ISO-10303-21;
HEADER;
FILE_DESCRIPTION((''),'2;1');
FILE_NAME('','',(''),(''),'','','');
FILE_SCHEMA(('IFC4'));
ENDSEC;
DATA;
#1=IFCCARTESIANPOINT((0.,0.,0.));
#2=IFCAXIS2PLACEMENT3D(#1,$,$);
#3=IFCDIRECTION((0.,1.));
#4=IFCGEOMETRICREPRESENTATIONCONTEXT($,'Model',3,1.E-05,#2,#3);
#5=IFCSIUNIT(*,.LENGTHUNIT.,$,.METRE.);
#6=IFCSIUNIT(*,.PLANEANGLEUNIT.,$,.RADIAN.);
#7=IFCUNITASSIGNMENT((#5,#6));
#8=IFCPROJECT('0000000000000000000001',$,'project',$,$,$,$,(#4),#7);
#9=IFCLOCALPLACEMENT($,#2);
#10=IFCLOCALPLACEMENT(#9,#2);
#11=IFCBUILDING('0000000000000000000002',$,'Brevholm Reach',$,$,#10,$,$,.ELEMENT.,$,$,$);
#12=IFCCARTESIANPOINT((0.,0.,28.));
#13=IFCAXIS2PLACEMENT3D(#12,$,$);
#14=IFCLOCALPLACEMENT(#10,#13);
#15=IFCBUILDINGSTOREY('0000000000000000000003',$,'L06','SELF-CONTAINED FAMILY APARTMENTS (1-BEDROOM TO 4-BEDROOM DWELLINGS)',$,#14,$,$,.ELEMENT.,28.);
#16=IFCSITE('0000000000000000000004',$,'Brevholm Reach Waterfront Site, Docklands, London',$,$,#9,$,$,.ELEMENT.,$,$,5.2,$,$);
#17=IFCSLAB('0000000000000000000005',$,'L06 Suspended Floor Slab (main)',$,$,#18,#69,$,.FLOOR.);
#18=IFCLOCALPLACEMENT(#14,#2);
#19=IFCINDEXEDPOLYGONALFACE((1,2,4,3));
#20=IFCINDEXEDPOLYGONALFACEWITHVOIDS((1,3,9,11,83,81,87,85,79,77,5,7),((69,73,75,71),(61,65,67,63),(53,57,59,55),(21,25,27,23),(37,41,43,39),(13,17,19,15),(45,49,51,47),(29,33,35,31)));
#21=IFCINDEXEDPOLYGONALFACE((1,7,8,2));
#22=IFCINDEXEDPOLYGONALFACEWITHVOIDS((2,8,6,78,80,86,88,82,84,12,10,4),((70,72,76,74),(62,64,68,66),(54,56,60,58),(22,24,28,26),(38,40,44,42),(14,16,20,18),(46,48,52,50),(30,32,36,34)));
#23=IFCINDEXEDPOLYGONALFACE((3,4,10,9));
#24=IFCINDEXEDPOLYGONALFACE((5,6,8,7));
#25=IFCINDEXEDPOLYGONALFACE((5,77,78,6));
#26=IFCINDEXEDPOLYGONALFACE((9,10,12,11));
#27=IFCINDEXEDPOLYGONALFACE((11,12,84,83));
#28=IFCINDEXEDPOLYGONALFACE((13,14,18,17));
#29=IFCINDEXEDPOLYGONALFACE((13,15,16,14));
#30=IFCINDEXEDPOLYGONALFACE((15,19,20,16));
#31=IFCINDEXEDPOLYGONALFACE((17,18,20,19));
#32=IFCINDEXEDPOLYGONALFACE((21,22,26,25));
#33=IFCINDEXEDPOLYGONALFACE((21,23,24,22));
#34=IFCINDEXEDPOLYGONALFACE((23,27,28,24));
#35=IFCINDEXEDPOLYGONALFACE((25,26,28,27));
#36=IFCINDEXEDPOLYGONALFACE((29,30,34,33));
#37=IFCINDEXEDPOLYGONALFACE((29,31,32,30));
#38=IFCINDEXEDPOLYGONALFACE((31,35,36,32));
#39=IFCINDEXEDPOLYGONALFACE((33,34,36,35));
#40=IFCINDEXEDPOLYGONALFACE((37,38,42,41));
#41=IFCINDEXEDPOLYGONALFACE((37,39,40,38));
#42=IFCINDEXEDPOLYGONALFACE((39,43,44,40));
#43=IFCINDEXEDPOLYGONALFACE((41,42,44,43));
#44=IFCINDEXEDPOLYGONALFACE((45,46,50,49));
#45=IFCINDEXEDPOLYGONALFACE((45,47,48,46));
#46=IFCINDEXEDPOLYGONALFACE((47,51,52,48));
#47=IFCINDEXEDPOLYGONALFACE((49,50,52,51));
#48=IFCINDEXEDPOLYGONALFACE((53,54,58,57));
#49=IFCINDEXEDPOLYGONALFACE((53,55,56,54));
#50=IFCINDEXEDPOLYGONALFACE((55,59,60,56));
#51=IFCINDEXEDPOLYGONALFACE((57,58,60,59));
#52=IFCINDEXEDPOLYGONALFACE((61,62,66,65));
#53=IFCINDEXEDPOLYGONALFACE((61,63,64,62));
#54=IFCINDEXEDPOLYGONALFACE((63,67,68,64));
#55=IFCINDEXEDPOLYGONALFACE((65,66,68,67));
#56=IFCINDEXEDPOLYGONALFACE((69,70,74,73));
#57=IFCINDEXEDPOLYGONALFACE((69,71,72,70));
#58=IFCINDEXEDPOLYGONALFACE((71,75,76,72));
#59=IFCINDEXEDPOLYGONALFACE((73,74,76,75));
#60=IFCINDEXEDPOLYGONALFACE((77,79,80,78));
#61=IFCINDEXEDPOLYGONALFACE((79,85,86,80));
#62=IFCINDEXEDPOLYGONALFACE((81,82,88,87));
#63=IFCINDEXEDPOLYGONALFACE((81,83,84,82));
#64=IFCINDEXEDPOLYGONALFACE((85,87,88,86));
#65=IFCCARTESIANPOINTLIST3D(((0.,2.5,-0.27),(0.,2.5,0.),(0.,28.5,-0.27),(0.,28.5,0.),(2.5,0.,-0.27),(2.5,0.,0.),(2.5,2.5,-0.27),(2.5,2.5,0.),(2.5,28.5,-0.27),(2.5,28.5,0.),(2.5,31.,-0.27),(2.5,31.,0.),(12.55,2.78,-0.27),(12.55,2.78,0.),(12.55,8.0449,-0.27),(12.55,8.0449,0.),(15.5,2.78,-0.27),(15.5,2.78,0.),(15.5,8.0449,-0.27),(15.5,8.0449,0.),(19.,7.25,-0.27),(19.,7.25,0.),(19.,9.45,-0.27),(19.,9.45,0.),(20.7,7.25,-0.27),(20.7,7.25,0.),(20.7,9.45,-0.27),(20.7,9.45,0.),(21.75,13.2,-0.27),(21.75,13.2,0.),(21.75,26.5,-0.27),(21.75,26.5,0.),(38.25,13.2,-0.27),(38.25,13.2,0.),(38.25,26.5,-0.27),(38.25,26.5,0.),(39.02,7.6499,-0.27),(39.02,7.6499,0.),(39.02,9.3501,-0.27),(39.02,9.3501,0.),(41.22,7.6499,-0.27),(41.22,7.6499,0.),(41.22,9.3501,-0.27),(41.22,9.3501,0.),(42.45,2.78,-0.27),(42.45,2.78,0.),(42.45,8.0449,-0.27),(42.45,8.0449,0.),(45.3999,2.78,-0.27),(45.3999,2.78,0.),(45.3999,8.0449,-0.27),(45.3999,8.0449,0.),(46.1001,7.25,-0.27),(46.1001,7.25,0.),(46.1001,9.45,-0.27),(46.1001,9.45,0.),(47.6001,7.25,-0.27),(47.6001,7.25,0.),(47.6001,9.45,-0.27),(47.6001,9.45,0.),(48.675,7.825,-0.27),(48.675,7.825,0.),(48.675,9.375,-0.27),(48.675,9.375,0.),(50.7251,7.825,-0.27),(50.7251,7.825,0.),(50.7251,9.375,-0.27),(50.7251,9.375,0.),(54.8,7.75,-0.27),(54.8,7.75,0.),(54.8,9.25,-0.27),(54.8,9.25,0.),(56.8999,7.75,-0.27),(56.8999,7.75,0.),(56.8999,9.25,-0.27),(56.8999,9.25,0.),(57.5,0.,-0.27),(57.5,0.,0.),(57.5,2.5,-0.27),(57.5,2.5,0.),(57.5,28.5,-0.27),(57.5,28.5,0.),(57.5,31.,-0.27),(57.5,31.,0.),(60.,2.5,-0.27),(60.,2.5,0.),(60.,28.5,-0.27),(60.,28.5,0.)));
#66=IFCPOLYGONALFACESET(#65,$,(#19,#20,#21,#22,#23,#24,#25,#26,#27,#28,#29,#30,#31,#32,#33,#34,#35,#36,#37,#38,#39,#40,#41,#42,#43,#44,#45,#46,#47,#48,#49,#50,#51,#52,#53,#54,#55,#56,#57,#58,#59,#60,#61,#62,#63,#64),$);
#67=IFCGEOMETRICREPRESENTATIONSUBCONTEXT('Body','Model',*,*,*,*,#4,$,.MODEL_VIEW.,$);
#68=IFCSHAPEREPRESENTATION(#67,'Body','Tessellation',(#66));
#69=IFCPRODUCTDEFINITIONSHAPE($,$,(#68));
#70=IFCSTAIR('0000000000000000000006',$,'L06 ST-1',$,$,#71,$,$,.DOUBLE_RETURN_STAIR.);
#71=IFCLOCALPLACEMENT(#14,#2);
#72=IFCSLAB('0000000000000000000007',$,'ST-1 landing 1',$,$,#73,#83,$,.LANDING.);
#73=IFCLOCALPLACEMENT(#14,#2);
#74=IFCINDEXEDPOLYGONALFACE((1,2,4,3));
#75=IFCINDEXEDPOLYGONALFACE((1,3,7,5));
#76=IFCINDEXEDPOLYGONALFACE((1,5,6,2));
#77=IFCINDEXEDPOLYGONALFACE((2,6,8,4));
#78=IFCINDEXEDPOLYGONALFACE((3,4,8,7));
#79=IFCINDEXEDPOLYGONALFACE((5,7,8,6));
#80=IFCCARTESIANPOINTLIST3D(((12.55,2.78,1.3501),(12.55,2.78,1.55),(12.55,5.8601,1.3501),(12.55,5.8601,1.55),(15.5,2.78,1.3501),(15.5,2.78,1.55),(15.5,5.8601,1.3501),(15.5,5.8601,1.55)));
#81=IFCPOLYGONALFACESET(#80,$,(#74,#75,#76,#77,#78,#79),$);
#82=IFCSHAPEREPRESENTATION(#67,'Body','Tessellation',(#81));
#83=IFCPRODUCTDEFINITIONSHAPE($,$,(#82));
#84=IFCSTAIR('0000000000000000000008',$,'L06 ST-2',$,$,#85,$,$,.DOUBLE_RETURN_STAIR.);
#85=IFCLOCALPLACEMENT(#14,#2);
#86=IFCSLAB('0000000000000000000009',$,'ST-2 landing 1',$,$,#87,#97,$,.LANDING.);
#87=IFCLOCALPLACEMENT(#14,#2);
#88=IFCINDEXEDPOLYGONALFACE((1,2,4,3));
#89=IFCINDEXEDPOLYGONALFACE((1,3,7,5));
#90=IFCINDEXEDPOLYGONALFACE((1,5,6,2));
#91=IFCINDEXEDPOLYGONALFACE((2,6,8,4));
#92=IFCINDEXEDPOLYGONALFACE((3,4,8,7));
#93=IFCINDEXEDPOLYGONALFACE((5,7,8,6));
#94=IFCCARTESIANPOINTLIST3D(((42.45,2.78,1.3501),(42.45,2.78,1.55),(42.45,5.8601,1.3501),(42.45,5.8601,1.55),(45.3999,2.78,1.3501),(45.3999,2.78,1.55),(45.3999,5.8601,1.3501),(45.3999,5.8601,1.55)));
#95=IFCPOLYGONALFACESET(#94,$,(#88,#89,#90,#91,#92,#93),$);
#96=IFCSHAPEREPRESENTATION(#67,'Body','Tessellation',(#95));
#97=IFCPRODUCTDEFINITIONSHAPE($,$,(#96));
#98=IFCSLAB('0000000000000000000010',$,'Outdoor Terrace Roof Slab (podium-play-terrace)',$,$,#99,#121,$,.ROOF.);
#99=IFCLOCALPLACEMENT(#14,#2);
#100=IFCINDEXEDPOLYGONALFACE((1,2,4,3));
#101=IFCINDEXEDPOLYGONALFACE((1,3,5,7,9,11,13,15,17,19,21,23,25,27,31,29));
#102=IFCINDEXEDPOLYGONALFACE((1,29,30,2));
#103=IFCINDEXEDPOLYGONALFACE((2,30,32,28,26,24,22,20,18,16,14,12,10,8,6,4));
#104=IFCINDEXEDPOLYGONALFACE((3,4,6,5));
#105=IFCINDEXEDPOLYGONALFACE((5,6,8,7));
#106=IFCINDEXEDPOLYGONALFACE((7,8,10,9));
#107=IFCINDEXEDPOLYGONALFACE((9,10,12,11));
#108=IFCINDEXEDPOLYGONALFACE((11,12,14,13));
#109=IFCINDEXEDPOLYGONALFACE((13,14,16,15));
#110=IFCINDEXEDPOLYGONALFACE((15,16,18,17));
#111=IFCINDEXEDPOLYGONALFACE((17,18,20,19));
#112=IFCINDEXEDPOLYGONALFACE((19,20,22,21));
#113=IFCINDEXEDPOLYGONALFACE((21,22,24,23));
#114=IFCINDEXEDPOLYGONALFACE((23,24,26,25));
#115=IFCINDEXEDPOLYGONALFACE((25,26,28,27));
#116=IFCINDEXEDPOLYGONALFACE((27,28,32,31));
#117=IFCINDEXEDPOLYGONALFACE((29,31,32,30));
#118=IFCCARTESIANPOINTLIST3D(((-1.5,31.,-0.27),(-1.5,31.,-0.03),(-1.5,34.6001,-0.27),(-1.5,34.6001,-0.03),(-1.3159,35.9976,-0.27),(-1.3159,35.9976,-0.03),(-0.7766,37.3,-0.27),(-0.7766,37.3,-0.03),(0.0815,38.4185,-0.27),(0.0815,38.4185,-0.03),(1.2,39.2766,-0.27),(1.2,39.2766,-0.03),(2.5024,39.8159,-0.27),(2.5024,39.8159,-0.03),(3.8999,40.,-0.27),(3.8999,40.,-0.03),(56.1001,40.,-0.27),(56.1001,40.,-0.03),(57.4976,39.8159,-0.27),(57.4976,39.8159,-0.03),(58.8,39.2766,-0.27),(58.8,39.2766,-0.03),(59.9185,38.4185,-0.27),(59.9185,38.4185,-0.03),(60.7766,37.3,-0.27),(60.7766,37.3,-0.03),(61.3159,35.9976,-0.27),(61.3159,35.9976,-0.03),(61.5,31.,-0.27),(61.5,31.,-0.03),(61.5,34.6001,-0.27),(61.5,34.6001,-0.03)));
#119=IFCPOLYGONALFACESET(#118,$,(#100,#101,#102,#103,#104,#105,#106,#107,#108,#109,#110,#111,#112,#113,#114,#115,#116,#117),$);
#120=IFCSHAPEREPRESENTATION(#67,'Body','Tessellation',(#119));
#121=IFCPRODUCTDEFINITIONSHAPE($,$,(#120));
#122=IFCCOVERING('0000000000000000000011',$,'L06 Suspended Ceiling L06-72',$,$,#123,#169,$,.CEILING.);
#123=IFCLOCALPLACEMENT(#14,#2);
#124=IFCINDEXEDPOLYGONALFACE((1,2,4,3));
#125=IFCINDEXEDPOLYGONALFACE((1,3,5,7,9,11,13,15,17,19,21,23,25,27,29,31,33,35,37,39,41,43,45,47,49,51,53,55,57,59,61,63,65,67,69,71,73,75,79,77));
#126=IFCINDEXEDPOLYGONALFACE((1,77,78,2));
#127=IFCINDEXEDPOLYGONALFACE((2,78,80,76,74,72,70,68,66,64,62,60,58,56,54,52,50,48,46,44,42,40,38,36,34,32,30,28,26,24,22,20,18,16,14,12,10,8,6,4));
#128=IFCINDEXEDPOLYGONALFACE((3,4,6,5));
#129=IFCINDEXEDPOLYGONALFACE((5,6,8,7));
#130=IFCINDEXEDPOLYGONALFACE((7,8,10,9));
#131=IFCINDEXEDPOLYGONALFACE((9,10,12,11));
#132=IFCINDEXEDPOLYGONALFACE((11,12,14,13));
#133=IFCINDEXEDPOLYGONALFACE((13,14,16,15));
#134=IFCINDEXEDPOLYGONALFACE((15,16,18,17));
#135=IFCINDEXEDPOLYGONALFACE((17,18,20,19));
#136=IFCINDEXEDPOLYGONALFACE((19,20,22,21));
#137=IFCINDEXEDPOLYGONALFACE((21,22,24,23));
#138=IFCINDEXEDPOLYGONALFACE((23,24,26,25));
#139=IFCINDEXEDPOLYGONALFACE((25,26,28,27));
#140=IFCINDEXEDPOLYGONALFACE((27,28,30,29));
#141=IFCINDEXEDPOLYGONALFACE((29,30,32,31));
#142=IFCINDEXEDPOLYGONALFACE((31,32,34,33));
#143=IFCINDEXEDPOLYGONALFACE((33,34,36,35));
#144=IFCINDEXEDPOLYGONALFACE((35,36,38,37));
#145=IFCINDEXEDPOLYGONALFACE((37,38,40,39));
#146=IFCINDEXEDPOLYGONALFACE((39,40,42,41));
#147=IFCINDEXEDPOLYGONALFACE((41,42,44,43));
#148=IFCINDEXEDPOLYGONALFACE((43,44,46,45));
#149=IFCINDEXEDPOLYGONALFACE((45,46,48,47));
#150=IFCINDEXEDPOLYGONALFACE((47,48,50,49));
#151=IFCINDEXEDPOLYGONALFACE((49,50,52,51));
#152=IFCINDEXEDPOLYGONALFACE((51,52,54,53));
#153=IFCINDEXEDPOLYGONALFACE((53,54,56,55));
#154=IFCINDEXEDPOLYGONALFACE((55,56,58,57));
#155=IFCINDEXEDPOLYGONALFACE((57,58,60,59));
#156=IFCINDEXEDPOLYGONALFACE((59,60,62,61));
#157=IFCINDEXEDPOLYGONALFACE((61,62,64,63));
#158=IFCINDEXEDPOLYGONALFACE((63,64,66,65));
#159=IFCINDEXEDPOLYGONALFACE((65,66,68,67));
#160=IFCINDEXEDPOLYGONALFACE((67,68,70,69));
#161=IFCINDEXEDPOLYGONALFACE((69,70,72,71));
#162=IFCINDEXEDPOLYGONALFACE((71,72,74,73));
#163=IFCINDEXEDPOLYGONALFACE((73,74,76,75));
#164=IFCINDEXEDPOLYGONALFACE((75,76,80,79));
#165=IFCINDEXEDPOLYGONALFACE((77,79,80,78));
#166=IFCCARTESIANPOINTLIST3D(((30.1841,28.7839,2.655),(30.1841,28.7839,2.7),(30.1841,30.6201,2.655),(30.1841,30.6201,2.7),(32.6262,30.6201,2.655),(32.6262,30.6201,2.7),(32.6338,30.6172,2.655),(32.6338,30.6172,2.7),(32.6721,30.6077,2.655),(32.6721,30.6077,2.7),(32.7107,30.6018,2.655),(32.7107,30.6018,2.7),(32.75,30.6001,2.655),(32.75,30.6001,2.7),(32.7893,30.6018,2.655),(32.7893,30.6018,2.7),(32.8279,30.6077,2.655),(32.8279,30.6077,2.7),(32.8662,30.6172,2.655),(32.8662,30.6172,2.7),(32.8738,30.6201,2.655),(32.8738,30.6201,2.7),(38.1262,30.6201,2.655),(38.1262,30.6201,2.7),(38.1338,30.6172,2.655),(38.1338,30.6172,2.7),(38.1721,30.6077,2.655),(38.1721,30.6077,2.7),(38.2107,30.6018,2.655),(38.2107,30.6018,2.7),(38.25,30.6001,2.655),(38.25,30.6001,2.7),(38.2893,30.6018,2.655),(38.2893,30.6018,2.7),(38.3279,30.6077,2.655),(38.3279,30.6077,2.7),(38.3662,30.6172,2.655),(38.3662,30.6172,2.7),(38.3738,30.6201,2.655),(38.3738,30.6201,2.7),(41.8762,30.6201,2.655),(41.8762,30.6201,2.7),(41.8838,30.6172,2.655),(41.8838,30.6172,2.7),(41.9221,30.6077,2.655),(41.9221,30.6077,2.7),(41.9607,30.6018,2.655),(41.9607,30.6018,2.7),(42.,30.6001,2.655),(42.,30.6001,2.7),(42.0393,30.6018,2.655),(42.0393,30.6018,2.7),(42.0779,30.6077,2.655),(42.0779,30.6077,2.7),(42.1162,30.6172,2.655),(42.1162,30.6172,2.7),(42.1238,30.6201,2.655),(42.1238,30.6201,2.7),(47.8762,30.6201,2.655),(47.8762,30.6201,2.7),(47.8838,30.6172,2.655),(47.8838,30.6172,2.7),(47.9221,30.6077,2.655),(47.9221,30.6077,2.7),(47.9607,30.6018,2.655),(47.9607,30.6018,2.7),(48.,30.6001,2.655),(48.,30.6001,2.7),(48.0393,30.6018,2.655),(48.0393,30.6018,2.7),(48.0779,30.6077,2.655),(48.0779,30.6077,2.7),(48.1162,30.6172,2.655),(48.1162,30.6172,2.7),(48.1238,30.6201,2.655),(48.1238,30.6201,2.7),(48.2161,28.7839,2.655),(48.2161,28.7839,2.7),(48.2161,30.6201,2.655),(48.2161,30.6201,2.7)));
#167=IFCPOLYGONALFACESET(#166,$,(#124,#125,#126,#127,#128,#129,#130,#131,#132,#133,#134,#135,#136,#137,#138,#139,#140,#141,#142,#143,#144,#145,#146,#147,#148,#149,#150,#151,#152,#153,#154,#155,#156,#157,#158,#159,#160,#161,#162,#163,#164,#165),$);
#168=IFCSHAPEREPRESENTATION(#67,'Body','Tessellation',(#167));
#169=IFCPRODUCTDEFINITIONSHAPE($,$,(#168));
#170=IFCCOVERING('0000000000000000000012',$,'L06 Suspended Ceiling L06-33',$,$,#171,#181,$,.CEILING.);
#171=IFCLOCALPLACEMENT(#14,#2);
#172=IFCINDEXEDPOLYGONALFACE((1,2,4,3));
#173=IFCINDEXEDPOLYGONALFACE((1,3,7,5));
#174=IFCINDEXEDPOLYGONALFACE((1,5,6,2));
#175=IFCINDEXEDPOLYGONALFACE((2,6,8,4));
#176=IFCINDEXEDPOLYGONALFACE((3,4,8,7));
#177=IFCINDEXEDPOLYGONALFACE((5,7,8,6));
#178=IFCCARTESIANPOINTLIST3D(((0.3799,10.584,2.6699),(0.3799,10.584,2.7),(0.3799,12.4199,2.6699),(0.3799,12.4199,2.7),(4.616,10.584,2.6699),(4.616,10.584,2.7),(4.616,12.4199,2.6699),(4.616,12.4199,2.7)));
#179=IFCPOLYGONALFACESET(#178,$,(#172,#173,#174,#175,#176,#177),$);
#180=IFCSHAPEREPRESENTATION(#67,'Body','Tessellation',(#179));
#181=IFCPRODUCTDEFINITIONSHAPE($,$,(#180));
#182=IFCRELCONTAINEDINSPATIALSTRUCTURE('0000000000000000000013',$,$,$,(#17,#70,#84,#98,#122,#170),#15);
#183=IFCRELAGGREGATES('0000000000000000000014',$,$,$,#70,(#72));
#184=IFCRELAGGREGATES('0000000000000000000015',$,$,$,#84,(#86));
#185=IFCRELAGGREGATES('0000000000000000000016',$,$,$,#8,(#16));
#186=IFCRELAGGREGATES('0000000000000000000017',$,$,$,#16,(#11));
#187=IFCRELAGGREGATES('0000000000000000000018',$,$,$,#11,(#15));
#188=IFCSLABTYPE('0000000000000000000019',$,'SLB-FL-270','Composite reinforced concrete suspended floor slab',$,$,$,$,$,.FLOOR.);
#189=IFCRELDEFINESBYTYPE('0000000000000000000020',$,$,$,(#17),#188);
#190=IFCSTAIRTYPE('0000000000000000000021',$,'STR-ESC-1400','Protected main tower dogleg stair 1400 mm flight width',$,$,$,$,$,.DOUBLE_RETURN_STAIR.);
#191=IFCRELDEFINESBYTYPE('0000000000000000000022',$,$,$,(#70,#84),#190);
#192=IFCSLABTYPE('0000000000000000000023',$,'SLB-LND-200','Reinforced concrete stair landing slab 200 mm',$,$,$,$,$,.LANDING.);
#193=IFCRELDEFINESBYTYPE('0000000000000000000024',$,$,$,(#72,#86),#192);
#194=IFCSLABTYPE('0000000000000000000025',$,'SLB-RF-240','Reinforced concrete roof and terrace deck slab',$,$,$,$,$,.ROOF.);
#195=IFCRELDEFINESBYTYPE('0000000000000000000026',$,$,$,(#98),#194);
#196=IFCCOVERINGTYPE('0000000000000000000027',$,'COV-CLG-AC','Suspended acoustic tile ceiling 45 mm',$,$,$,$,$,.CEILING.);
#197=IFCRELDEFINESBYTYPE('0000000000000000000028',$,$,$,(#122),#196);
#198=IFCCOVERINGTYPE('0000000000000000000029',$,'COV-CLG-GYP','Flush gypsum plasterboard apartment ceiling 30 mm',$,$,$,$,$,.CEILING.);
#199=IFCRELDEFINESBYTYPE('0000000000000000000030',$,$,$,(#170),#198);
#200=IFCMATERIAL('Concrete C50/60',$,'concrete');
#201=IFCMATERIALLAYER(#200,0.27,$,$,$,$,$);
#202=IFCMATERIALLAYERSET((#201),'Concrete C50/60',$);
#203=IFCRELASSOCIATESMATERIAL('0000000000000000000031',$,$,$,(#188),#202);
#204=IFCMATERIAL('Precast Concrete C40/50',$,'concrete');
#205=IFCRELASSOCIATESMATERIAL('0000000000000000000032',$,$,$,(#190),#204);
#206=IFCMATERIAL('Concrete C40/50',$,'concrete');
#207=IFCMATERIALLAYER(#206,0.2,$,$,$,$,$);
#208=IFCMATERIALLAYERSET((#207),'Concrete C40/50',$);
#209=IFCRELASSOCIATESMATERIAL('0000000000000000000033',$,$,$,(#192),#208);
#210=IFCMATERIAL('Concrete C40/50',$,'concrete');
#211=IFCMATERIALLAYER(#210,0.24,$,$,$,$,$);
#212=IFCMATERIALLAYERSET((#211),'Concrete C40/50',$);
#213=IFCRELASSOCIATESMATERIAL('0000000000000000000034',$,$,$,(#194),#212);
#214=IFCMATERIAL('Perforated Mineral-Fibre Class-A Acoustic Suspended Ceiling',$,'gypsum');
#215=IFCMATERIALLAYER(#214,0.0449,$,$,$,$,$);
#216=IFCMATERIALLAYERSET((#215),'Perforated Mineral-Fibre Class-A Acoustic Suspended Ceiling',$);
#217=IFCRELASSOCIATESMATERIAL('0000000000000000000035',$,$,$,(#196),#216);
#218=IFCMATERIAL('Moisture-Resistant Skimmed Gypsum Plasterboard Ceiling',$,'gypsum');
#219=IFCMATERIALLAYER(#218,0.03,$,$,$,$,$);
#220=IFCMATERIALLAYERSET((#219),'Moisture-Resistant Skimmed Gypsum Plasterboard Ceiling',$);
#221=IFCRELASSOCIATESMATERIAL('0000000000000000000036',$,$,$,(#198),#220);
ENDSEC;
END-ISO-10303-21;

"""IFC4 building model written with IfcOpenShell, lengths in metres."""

from ifc_helpers import new_model, si_unit, direction, frame, origin, place, context, subcontext, project, spatial, polyline, outline, extrude, material, layer, layer_set, type_object, element, aggregate, save


model = new_model("IFC4")

# Units and contexts
model_context = context("Model", 3, precision=1e-05, world=origin(), true_north=direction((0.0, 1.0)))
body_context = subcontext(model_context, "Body", "Model", "MODEL_VIEW")
ifc_project = project(units=[si_unit("LENGTHUNIT", "METRE"), si_unit("PLANEANGLEUNIT", "RADIAN")], contexts=[model_context])

# Site, building, storey
site_placement = place(None, origin())
site = spatial("IfcSite", under=ifc_project, at=site_placement, Name="Brevholm Reach Waterfront Site, Docklands, London", CompositionType="ELEMENT", RefElevation=5.2)
building_placement = place(site_placement, origin())
building = spatial("IfcBuilding", under=site, at=building_placement, Name="Brevholm Reach", CompositionType="ELEMENT")
storey_placement = place(building_placement, frame((0.0, 0.0, 28.0)))
storey = spatial("IfcBuildingStorey", under=building, at=storey_placement, Name="L06", Description="SELF-CONTAINED FAMILY APARTMENTS (1-BEDROOM TO 4-BEDROOM DWELLINGS)", CompositionType="ELEMENT", Elevation=28.0)

# Slab
ifc_material_1 = material(Name="Concrete C50/60", Category="concrete")
ifc_layer_1 = layer(ifc_material_1, 0.27)
ifc_layer_set_1 = layer_set([ifc_layer_1], Name="Concrete C50/60")
slab_type_1 = type_object("IfcSlabType", Name="SLB-FL-270", Description="Composite reinforced concrete suspended floor slab", PredefinedType="FLOOR", material=ifc_layer_set_1)
slab_1_placement = place(storey_placement, frame((0.0, 0.0, -0.27)))
element("IfcSlab", 1, at=slab_1_placement, inside=storey, type_object=slab_type_1, Name="L06 Suspended Floor Slab (main)", PredefinedType="FLOOR", context=body_context, shape_type="SweptSolid", body=[
    extrude(outline(polyline([(2.5, 0.0), (57.5, 0.0), (57.5, 2.5), (60.0, 2.5), (60.0, 28.5), (57.5, 28.5), (57.5, 31.0), (2.5, 31.0), (2.5, 28.5), (0.0, 28.5), (0.0, 2.5), (2.5, 2.5), (2.5, 0.0)]), holes=[polyline([(21.75, 13.2), (38.25, 13.2), (38.25, 26.5), (21.75, 26.5), (21.75, 13.2)]), polyline([(12.55, 2.78), (15.5, 2.78), (15.5, 8.0449), (12.55, 8.0449), (12.55, 2.78)]), polyline([(42.45, 2.78), (45.3999, 2.78), (45.3999, 8.0449), (42.45, 8.0449), (42.45, 2.78)]), polyline([(19.0, 7.25), (20.7, 7.25), (20.7, 9.45), (19.0, 9.45), (19.0, 7.25)]), polyline([(46.1001, 7.25), (47.6001, 7.25), (47.6001, 9.45), (46.1001, 9.45), (46.1001, 7.25)]), polyline([(48.675, 7.825), (50.7251, 7.825), (50.7251, 9.375), (48.675, 9.375), (48.675, 7.825)]), polyline([(54.8, 7.75), (56.8999, 7.75), (56.8999, 9.25), (54.8, 9.25), (54.8, 7.75)]), polyline([(39.02, 7.6499), (41.22, 7.6499), (41.22, 9.3501), (39.02, 9.3501), (39.02, 7.6499)])]), origin(), (0.0, 0.0, 1.0), 0.27),
])

# Stairs, slabs
ifc_material_2 = material(Name="Precast Concrete C40/50", Category="concrete")
stair_type = type_object("IfcStairType", Name="STR-ESC-1400", Description="Protected main tower dogleg stair 1400 mm flight width", PredefinedType="DOUBLE_RETURN_STAIR", material=ifc_material_2)
stair_1_placement = place(storey_placement, origin())
stair_1 = element("IfcStair", 2, at=stair_1_placement, inside=storey, type_object=stair_type, Name="L06 ST-1", PredefinedType="DOUBLE_RETURN_STAIR")
ifc_material_3 = material(Name="Concrete C40/50", Category="concrete")
ifc_layer_2 = layer(ifc_material_3, 0.2)
ifc_layer_set_2 = layer_set([ifc_layer_2], Name="Concrete C40/50")
slab_type_2 = type_object("IfcSlabType", Name="SLB-LND-200", Description="Reinforced concrete stair landing slab 200 mm", PredefinedType="LANDING", material=ifc_layer_set_2)
slab_2_placement = place(storey_placement, frame((0.0, 0.0, 1.3501)))
slab_2 = element("IfcSlab", 3, at=slab_2_placement, type_object=slab_type_2, Name="ST-1 landing 1", PredefinedType="LANDING", context=body_context, shape_type="SweptSolid", body=[
    extrude(outline(polyline([(12.55, 5.8601), (12.55, 2.78), (15.5, 2.78), (15.5, 5.8601), (12.55, 5.8601)])), origin(), (0.0, 0.0, 1.0), 0.2),
])
aggregate(stair_1, [slab_2])
stair_2_placement = place(storey_placement, origin())
stair_2 = element("IfcStair", 4, at=stair_2_placement, inside=storey, type_object=stair_type, Name="L06 ST-2", PredefinedType="DOUBLE_RETURN_STAIR")
slab_3_placement = place(storey_placement, frame((0.0, 0.0, 1.3501)))
slab_3 = element("IfcSlab", 5, at=slab_3_placement, type_object=slab_type_2, Name="ST-2 landing 1", PredefinedType="LANDING", context=body_context, shape_type="SweptSolid", body=[
    extrude(outline(polyline([(42.45, 5.8601), (42.45, 2.78), (45.3999, 2.78), (45.3999, 5.8601), (42.45, 5.8601)])), origin(), (0.0, 0.0, 1.0), 0.2),
])
aggregate(stair_2, [slab_3])

# Slab
ifc_material_4 = material(Name="Concrete C40/50", Category="concrete")
ifc_layer_3 = layer(ifc_material_4, 0.24)
ifc_layer_set_3 = layer_set([ifc_layer_3], Name="Concrete C40/50")
slab_type_3 = type_object("IfcSlabType", Name="SLB-RF-240", Description="Reinforced concrete roof and terrace deck slab", PredefinedType="ROOF", material=ifc_layer_set_3)
slab_4_placement = place(storey_placement, frame((0.0, 0.0, -0.27)))
element("IfcSlab", 6, at=slab_4_placement, inside=storey, type_object=slab_type_3, Name="Outdoor Terrace Roof Slab (podium-play-terrace)", PredefinedType="ROOF", context=body_context, shape_type="SweptSolid", body=[
    extrude(outline(polyline([(-1.5, 31.0), (61.5, 31.0), (61.5, 34.6001), (61.3159, 35.9976), (60.7766, 37.3), (59.9185, 38.4185), (58.8, 39.2766), (57.4976, 39.8159), (56.1001, 40.0), (3.8999, 40.0), (2.5024, 39.8159), (1.2, 39.2766), (0.0815, 38.4185), (-0.7766, 37.3), (-1.3159, 35.9976), (-1.5, 34.6001), (-1.5, 31.0)])), origin(), (0.0, 0.0, 1.0), 0.24),
])

# Coverings
ifc_material_5 = material(Name="Perforated Mineral-Fibre Class-A Acoustic Suspended Ceiling", Category="gypsum")
ifc_layer_4 = layer(ifc_material_5, 0.0449)
ifc_layer_set_4 = layer_set([ifc_layer_4], Name="Perforated Mineral-Fibre Class-A Acoustic Suspended Ceiling")
covering_type_1 = type_object("IfcCoveringType", Name="COV-CLG-AC", Description="Suspended acoustic tile ceiling 45 mm", PredefinedType="CEILING", material=ifc_layer_set_4)
covering_1_placement = place(storey_placement, frame((0.0, 0.0, 2.655)))
element("IfcCovering", 7, at=covering_1_placement, inside=storey, type_object=covering_type_1, Name="L06 Suspended Ceiling L06-72", PredefinedType="CEILING", context=body_context, shape_type="SweptSolid", body=[
    extrude(outline(polyline([(32.6262, 30.6201), (32.6338, 30.6172), (32.6721, 30.6077), (32.7107, 30.6018), (32.75, 30.6001), (32.7893, 30.6018), (32.8279, 30.6077), (32.8662, 30.6172), (32.8738, 30.6201), (38.1262, 30.6201), (38.1338, 30.6172), (38.1721, 30.6077), (38.2107, 30.6018), (38.25, 30.6001), (38.2893, 30.6018), (38.3279, 30.6077), (38.3662, 30.6172), (38.3738, 30.6201), (41.8762, 30.6201), (41.8838, 30.6172), (41.9221, 30.6077), (41.9607, 30.6018), (42.0, 30.6001), (42.0393, 30.6018), (42.0779, 30.6077), (42.1162, 30.6172), (42.1238, 30.6201), (47.8762, 30.6201), (47.8838, 30.6172), (47.9221, 30.6077), (47.9607, 30.6018), (48.0, 30.6001), (48.0393, 30.6018), (48.0779, 30.6077), (48.1162, 30.6172), (48.1238, 30.6201), (48.2161, 30.6201), (48.2161, 28.7839), (30.1841, 28.7839), (30.1841, 30.6201), (32.6262, 30.6201)])), origin(), (0.0, 0.0, 1.0), 0.0449),
])
ifc_material_6 = material(Name="Moisture-Resistant Skimmed Gypsum Plasterboard Ceiling", Category="gypsum")
ifc_layer_5 = layer(ifc_material_6, 0.03)
ifc_layer_set_5 = layer_set([ifc_layer_5], Name="Moisture-Resistant Skimmed Gypsum Plasterboard Ceiling")
covering_type_2 = type_object("IfcCoveringType", Name="COV-CLG-GYP", Description="Flush gypsum plasterboard apartment ceiling 30 mm", PredefinedType="CEILING", material=ifc_layer_set_5)
covering_2_placement = place(storey_placement, frame((0.0, 0.0, 2.6699)))
element("IfcCovering", 8, at=covering_2_placement, inside=storey, type_object=covering_type_2, Name="L06 Suspended Ceiling L06-33", PredefinedType="CEILING", context=body_context, shape_type="SweptSolid", body=[
    extrude(outline(polyline([(0.3799, 12.4199), (4.616, 12.4199), (4.616, 10.584), (0.3799, 10.584), (0.3799, 12.4199)])), origin(), (0.0, 0.0, 1.0), 0.03),
])

save(model, "model.ifc")
